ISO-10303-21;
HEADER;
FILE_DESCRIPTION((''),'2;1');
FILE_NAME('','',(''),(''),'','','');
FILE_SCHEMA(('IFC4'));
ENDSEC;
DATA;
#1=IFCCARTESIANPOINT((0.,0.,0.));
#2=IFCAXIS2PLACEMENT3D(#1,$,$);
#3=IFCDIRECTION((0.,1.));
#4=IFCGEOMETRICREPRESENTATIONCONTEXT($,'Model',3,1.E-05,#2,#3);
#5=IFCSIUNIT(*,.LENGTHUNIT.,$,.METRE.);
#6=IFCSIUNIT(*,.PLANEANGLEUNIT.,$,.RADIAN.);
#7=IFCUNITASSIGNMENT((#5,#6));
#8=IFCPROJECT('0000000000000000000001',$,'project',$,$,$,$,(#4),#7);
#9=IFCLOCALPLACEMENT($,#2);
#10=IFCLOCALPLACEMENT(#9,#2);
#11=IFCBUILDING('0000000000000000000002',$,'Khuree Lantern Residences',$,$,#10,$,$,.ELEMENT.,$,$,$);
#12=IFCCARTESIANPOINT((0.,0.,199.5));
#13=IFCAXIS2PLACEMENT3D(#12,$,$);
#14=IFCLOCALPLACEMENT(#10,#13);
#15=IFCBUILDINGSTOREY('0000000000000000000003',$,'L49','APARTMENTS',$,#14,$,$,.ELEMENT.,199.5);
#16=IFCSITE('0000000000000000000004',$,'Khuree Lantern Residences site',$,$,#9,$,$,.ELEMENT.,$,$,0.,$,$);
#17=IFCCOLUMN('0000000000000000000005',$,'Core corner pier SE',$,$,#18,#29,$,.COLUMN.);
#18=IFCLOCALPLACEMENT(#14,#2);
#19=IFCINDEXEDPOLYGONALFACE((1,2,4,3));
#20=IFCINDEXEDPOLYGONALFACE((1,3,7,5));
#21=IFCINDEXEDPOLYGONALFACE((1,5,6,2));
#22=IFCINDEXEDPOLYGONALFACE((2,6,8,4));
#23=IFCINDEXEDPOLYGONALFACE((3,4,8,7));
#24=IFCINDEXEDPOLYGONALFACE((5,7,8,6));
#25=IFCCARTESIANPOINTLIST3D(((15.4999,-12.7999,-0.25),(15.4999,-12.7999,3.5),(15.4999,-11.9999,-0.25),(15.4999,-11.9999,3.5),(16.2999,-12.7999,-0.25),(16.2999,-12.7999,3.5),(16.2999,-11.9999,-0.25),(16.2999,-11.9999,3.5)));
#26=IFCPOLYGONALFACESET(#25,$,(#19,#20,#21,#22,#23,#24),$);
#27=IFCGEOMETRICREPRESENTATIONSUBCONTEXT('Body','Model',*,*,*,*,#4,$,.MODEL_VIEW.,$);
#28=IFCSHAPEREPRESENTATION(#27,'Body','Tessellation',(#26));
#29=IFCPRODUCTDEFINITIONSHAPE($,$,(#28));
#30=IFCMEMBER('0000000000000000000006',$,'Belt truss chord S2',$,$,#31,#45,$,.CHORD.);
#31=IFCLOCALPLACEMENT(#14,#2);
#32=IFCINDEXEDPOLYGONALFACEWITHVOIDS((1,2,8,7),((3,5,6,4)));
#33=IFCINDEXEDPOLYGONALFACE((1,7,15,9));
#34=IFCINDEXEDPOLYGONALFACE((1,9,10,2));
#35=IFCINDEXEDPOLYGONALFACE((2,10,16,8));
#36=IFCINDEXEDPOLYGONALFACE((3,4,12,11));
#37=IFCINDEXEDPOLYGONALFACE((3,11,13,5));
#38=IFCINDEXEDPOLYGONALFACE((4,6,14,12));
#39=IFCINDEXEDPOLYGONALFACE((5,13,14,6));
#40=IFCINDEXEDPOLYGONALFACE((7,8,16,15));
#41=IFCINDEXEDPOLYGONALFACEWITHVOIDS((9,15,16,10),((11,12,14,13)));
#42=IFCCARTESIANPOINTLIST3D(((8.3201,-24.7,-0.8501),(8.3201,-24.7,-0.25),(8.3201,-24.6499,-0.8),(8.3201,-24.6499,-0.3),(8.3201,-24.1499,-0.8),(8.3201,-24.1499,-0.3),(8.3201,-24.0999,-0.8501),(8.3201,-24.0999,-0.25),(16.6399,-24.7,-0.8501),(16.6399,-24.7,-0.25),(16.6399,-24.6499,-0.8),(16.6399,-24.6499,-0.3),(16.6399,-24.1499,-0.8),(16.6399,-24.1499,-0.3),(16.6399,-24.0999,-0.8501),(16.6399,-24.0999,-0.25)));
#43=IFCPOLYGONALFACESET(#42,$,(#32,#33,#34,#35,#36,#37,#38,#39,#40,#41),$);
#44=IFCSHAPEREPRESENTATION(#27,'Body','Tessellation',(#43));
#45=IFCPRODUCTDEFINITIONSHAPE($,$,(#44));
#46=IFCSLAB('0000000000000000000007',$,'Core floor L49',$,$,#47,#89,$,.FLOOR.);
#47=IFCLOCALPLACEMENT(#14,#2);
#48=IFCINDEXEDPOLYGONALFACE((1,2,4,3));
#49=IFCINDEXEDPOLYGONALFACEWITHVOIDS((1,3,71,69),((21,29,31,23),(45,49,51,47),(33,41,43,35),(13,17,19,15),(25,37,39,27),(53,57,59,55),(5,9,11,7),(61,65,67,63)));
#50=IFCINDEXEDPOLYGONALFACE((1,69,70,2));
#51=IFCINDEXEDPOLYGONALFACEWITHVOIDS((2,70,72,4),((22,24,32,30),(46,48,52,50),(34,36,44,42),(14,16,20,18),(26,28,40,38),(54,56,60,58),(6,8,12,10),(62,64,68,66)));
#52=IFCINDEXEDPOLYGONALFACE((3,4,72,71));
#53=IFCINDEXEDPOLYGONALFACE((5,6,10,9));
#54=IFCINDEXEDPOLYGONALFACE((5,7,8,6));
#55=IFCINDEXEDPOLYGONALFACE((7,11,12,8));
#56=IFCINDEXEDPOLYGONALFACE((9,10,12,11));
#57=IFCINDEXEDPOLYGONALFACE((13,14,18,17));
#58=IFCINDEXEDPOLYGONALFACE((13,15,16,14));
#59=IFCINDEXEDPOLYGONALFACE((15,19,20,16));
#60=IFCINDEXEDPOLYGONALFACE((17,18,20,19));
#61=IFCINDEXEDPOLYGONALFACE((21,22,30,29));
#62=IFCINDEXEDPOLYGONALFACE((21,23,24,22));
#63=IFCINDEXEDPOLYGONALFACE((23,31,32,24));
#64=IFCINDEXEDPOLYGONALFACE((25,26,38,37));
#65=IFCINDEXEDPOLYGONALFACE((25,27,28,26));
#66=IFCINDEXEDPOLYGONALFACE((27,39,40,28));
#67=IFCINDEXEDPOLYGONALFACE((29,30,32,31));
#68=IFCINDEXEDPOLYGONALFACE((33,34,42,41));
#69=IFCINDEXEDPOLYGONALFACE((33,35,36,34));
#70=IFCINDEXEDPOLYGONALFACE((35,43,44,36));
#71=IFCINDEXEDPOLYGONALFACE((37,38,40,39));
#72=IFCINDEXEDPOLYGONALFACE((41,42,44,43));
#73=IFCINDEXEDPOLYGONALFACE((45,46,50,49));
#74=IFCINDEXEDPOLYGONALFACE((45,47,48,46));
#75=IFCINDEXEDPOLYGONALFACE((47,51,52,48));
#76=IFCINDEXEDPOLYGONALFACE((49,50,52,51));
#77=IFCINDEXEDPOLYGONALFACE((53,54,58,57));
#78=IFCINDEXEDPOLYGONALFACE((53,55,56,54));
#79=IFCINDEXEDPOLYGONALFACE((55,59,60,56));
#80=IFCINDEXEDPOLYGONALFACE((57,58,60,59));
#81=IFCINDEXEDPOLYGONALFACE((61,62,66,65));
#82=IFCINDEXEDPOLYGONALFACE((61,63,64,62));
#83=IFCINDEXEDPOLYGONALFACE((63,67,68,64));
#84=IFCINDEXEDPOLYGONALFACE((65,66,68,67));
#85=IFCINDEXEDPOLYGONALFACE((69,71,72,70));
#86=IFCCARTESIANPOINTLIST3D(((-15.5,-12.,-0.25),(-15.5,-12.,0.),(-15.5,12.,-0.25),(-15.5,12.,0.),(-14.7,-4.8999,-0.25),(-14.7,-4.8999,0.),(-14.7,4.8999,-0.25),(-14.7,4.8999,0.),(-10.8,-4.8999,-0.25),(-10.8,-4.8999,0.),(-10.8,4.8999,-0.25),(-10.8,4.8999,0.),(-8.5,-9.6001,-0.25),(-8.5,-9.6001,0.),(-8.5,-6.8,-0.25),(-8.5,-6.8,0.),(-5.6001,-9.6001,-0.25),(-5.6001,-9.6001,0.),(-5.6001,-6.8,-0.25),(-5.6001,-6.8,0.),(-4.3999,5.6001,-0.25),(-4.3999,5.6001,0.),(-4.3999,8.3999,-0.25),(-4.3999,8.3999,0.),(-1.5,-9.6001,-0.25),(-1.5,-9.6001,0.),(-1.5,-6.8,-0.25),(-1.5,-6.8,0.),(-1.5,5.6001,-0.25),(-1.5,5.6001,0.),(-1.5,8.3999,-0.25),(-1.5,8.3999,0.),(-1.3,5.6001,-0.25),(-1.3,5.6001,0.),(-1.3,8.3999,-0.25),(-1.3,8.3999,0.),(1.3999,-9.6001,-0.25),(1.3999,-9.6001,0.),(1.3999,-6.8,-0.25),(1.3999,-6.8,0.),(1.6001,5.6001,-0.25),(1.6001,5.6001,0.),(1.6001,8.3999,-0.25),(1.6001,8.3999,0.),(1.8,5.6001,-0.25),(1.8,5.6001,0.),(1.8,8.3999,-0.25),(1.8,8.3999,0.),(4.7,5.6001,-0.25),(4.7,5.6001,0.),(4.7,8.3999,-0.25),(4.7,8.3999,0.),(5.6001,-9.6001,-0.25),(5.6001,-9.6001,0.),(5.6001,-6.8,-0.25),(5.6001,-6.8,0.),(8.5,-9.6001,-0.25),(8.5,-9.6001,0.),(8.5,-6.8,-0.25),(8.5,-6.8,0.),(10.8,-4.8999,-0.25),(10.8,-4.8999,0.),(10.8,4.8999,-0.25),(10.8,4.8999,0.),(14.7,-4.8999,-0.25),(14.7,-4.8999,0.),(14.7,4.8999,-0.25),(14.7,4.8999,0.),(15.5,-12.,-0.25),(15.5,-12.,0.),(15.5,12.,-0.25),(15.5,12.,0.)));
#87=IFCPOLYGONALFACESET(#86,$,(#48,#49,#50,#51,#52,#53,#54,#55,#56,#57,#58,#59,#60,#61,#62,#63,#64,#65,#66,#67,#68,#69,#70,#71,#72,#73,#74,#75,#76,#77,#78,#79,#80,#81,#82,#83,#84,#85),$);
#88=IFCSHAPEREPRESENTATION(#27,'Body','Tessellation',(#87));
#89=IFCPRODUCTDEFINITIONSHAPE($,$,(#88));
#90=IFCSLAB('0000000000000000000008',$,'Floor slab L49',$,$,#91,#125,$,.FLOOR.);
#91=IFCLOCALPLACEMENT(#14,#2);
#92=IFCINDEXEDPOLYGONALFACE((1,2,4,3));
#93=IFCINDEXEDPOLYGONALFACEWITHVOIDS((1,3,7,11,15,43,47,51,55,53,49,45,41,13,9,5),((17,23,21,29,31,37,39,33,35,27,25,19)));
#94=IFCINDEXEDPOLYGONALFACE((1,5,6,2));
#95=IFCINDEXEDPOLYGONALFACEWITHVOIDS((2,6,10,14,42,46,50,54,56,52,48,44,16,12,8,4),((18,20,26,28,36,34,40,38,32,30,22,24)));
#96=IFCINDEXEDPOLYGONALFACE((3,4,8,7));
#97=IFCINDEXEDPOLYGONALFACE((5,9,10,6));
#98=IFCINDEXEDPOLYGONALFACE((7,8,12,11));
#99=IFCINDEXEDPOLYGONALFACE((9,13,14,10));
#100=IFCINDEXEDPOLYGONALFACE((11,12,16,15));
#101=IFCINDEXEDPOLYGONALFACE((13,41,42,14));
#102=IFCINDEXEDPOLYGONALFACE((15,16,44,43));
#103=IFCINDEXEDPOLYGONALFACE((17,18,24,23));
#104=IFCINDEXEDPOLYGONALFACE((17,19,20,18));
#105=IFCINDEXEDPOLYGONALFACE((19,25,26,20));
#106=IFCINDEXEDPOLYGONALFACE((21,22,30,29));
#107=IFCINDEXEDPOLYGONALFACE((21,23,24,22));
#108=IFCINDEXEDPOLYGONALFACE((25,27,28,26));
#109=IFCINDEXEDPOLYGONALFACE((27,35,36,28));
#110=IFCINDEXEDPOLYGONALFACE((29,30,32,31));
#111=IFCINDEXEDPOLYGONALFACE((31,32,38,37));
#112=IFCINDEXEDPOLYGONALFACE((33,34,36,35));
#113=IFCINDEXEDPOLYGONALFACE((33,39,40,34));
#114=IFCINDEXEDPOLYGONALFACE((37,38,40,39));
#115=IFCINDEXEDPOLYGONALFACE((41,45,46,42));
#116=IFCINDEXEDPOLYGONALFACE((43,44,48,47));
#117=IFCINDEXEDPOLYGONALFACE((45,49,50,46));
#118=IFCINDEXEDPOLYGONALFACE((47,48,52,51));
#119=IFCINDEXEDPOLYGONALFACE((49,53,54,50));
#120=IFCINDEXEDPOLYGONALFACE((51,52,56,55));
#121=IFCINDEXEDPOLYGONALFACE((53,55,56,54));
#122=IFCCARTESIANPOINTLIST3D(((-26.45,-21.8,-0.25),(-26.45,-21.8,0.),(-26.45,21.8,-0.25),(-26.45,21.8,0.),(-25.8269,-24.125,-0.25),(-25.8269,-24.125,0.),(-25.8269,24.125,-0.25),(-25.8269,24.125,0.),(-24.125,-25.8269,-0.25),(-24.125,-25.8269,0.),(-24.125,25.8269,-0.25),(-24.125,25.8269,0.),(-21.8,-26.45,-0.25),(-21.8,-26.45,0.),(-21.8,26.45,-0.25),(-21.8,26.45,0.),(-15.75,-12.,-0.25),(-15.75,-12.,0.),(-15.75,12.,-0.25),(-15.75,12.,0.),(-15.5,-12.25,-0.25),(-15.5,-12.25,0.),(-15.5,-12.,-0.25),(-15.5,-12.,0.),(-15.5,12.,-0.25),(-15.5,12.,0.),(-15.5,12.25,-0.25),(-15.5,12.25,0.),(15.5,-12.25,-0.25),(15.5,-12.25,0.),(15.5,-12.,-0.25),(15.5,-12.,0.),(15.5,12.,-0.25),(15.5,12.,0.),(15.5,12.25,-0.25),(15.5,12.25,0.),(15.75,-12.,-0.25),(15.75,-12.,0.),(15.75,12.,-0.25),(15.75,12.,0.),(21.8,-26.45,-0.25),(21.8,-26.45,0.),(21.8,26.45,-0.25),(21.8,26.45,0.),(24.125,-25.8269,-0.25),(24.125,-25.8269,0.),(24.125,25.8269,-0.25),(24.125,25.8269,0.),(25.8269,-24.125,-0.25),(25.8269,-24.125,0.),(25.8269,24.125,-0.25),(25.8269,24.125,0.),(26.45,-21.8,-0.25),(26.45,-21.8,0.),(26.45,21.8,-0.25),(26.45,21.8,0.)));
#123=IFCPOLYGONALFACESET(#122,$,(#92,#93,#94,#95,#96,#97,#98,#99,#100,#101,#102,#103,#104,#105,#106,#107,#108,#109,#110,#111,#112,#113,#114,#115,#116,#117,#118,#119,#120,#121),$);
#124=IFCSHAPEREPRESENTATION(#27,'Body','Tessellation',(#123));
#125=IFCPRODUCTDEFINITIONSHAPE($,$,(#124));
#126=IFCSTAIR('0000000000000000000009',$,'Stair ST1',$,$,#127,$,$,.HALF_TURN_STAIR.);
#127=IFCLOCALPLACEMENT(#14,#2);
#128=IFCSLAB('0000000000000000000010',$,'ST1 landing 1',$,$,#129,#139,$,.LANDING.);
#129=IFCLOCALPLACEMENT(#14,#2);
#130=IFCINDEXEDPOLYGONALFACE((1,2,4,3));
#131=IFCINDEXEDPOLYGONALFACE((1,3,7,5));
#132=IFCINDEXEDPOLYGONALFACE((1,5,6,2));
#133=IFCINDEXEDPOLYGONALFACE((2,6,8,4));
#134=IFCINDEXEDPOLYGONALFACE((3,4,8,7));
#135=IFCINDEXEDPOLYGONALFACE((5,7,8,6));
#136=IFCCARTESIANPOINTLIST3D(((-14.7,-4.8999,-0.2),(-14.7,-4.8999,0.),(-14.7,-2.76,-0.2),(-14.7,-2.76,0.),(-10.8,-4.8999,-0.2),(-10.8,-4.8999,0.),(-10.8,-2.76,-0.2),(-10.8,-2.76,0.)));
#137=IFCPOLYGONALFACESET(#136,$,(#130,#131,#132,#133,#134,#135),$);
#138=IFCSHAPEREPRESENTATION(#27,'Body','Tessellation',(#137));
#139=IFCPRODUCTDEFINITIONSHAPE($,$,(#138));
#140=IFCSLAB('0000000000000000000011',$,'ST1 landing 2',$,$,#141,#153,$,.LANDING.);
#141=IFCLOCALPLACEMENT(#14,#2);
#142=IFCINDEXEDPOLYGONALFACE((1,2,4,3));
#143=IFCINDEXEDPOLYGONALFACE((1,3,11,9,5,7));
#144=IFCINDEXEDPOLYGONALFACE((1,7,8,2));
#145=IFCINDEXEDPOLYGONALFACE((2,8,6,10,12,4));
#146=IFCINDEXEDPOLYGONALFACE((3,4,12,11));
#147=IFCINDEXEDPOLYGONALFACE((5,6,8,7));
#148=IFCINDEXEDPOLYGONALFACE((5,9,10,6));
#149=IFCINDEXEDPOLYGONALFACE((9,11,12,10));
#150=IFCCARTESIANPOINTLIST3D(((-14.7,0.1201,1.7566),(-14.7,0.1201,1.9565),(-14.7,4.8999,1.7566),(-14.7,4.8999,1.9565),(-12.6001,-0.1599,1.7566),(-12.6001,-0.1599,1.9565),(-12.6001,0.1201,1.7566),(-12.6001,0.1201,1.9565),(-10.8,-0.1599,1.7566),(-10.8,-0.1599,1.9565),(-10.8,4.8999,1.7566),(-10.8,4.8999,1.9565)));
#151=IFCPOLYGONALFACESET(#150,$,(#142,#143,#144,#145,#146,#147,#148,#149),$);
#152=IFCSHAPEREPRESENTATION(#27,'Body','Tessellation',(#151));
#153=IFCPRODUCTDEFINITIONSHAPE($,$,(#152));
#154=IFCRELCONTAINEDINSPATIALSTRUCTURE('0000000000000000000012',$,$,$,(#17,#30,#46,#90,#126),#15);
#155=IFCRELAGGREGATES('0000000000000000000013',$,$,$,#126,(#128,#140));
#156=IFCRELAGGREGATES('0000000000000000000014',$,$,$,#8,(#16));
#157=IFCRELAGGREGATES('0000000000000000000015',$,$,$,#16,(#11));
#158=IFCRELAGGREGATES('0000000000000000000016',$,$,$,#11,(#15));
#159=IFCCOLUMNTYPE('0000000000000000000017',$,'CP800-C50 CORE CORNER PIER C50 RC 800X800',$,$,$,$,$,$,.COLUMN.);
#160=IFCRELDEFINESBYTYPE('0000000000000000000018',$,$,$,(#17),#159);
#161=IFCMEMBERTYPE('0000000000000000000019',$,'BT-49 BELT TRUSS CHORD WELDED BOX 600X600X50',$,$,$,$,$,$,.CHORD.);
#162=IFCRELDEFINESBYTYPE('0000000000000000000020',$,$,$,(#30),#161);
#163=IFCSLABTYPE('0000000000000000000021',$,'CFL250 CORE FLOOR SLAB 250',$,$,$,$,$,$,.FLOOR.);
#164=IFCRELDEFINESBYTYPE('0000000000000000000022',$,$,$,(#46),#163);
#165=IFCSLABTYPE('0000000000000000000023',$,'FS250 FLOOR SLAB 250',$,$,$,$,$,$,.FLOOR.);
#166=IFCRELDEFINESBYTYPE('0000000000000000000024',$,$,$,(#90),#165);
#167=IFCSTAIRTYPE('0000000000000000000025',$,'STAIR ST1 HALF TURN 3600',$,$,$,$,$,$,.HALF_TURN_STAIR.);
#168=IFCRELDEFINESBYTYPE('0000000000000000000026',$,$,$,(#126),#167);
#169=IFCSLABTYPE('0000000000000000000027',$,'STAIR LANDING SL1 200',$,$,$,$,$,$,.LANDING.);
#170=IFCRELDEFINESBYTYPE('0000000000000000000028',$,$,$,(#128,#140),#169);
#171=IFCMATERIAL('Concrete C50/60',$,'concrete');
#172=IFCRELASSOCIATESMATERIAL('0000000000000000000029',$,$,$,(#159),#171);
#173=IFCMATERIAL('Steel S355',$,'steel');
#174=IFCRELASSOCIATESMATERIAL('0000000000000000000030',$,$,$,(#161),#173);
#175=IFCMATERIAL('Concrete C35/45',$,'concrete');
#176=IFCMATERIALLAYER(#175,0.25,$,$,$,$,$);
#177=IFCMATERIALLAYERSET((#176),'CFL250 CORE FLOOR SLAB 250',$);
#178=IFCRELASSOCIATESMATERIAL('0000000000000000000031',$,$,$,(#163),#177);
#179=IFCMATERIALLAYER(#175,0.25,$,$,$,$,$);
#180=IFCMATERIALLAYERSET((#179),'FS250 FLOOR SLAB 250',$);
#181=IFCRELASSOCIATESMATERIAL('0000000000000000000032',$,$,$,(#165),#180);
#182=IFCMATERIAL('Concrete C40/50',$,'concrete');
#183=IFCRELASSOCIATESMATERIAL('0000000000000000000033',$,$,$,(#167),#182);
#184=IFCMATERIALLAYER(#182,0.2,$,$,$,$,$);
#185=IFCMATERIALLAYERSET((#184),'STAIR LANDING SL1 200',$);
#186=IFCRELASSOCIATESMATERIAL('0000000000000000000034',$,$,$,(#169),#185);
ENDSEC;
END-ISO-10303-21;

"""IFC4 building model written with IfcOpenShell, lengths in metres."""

from ifc_helpers import new_model, si_unit, direction, frame, origin, origin_2d, place, context, subcontext, project, spatial, polyline, rectangle, hollow_rectangle, outline, extrude, material, layer, layer_set, material_profile, profile_set, type_object, element, aggregate, save


model = new_model("IFC4")

# Units and contexts
model_context = context("Model", 3, precision=1e-05, world=origin(), true_north=direction((0.0, 1.0)))
body_context = subcontext(model_context, "Body", "Model", "MODEL_VIEW")
ifc_project = project(units=[si_unit("LENGTHUNIT", "METRE"), si_unit("PLANEANGLEUNIT", "RADIAN")], contexts=[model_context])

# Site, building, storey
site_placement = place(None, origin())
site = spatial("IfcSite", under=ifc_project, at=site_placement, Name="Khuree Lantern Residences site", CompositionType="ELEMENT", RefElevation=0.0)
building_placement = place(site_placement, origin())
building = spatial("IfcBuilding", under=site, at=building_placement, Name="Khuree Lantern Residences", CompositionType="ELEMENT")
storey_placement = place(building_placement, frame((0.0, 0.0, 199.5)))
storey = spatial("IfcBuildingStorey", under=building, at=storey_placement, Name="L49", Description="APARTMENTS", CompositionType="ELEMENT", Elevation=199.5)

# Column
ifc_material_1 = material(Name="Concrete C50/60", Category="concrete")
ifc_material_profile_1 = material_profile(ifc_material_1, rectangle(XDim=0.8, YDim=0.8, at=origin_2d()), Name="RC 800X800")
ifc_profile_set_1 = profile_set([ifc_material_profile_1], Name="Concrete C50/60")
column_type = type_object("IfcColumnType", Name="CP800-C50 CORE CORNER PIER C50 RC 800X800", PredefinedType="COLUMN", material=ifc_profile_set_1)
column_placement = place(storey_placement, frame((15.8999, -12.3999, -0.25), z_axis=(0.0, 0.0, 1.0), x_axis=(1.0, 0.0, 0.0)))
element("IfcColumn", 1, at=column_placement, inside=storey, type_object=column_type, Name="Core corner pier SE", PredefinedType="COLUMN", context=body_context, shape_type="SweptSolid", body=[
    extrude(rectangle(XDim=0.8, YDim=0.8, at=origin_2d()), origin(), (0.0, 0.0, 1.0), 3.75),
])

# Member
ifc_material_2 = material(Name="Steel S355", Category="steel")
ifc_material_profile_2 = material_profile(ifc_material_2, hollow_rectangle(XDim=0.6001, YDim=0.6001, WallThickness=0.05, at=origin_2d()), Name="WELDED BOX 600X600X50")
ifc_profile_set_2 = profile_set([ifc_material_profile_2], Name="Steel S355")
member_type = type_object("IfcMemberType", Name="BT-49 BELT TRUSS CHORD WELDED BOX 600X600X50", PredefinedType="CHORD", material=ifc_profile_set_2)
member_placement = place(storey_placement, frame((16.6399, -24.3999, -0.55), z_axis=(-1.0, 0.0, 0.0), x_axis=(0.0, -1.0, 0.0)))
element("IfcMember", 2, at=member_placement, inside=storey, type_object=member_type, Name="Belt truss chord S2", PredefinedType="CHORD", context=body_context, shape_type="SweptSolid", body=[
    extrude(hollow_rectangle(XDim=0.6001, YDim=0.6001, WallThickness=0.05, at=origin_2d()), origin(), (0.0, 0.0, 1.0), 8.3198),
])

# Slabs
ifc_material_3 = material(Name="Concrete C35/45", Category="concrete")
ifc_layer_1 = layer(ifc_material_3, 0.25)
ifc_layer_set_1 = layer_set([ifc_layer_1], Name="CFL250 CORE FLOOR SLAB 250")
slab_type_1 = type_object("IfcSlabType", Name="CFL250 CORE FLOOR SLAB 250", PredefinedType="FLOOR", material=ifc_layer_set_1)
slab_1_placement = place(storey_placement, frame((0.0, 0.0, -0.25)))
element("IfcSlab", 3, at=slab_1_placement, inside=storey, type_object=slab_type_1, Name="Core floor L49", PredefinedType="FLOOR", context=body_context, shape_type="SweptSolid", body=[
    extrude(outline(polyline([(-15.5, -12.0), (-15.5, 12.0), (15.5, 12.0), (15.5, -12.0), (-15.5, -12.0)]), holes=[polyline([(10.8, 4.8999), (10.8, -4.8999), (14.7, -4.8999), (14.7, 4.8999), (10.8, 4.8999)]), polyline([(5.6001, -6.8), (5.6001, -9.6001), (8.5, -9.6001), (8.5, -6.8), (5.6001, -6.8)]), polyline([(1.8, 8.3999), (1.8, 5.6001), (4.7, 5.6001), (4.7, 8.3999), (1.8, 8.3999)]), polyline([(-1.3, 8.3999), (-1.3, 5.6001), (1.6001, 5.6001), (1.6001, 8.3999), (-1.3, 8.3999)]), polyline([(-1.5, -6.8), (-1.5, -9.6001), (1.3999, -9.6001), (1.3999, -6.8), (-1.5, -6.8)]), polyline([(-4.3999, 8.3999), (-4.3999, 5.6001), (-1.5, 5.6001), (-1.5, 8.3999), (-4.3999, 8.3999)]), polyline([(-8.5, -6.8), (-8.5, -9.6001), (-5.6001, -9.6001), (-5.6001, -6.8), (-8.5, -6.8)]), polyline([(-14.7, 4.8999), (-14.7, -4.8999), (-10.8, -4.8999), (-10.8, 4.8999), (-14.7, 4.8999)])]), origin(), (0.0, 0.0, 1.0), 0.25),
])
ifc_layer_2 = layer(ifc_material_3, 0.25)
ifc_layer_set_2 = layer_set([ifc_layer_2], Name="FS250 FLOOR SLAB 250")
slab_type_2 = type_object("IfcSlabType", Name="FS250 FLOOR SLAB 250", PredefinedType="FLOOR", material=ifc_layer_set_2)
slab_2_placement = place(storey_placement, frame((0.0, 0.0, -0.25)))
element("IfcSlab", 4, at=slab_2_placement, inside=storey, type_object=slab_type_2, Name="Floor slab L49", PredefinedType="FLOOR", context=body_context, shape_type="SweptSolid", body=[
    extrude(outline(polyline([(-24.125, -25.8269), (-25.8269, -24.125), (-26.45, -21.8), (-26.45, 21.8), (-25.8269, 24.125), (-24.125, 25.8269), (-21.8, 26.45), (21.8, 26.45), (24.125, 25.8269), (25.8269, 24.125), (26.45, 21.8), (26.45, -21.8), (25.8269, -24.125), (24.125, -25.8269), (21.8, -26.45), (-21.8, -26.45), (-24.125, -25.8269)]), holes=[polyline([(15.75, 12.0), (15.5, 12.0), (15.5, 12.25), (-15.5, 12.25), (-15.5, 12.0), (-15.75, 12.0), (-15.75, -12.0), (-15.5, -12.0), (-15.5, -12.25), (15.5, -12.25), (15.5, -12.0), (15.75, -12.0), (15.75, 12.0)])]), origin(), (0.0, 0.0, 1.0), 0.25),
])

# Stair, slabs
ifc_material_4 = material(Name="Concrete C40/50", Category="concrete")
stair_type = type_object("IfcStairType", Name="STAIR ST1 HALF TURN 3600", PredefinedType="HALF_TURN_STAIR", material=ifc_material_4)
stair_1_placement = place(storey_placement, origin())
stair_1 = element("IfcStair", 5, at=stair_1_placement, inside=storey, type_object=stair_type, Name="Stair ST1", PredefinedType="HALF_TURN_STAIR")
ifc_layer_3 = layer(ifc_material_4, 0.2)
ifc_layer_set_3 = layer_set([ifc_layer_3], Name="STAIR LANDING SL1 200")
slab_type_3 = type_object("IfcSlabType", Name="STAIR LANDING SL1 200", PredefinedType="LANDING", material=ifc_layer_set_3)
slab_3_placement = place(storey_placement, frame((0.0, 0.0, -0.2)))
slab_3 = element("IfcSlab", 6, at=slab_3_placement, type_object=slab_type_3, Name="ST1 landing 1", PredefinedType="LANDING", context=body_context, shape_type="SweptSolid", body=[
    extrude(outline(polyline([(-14.7, -4.8999), (-10.8, -4.8999), (-10.8, -2.76), (-14.7, -2.76), (-14.7, -4.8999)])), origin(), (0.0, 0.0, 1.0), 0.2),
])
slab_4_placement = place(storey_placement, frame((0.0, 0.0, 1.7566)))
slab_4 = element("IfcSlab", 7, at=slab_4_placement, type_object=slab_type_3, Name="ST1 landing 2", PredefinedType="LANDING", context=body_context, shape_type="SweptSolid", body=[
    extrude(outline(polyline([(-14.7, 0.1201), (-14.7, 4.8999), (-10.8, 4.8999), (-10.8, -0.1599), (-12.6001, -0.1599), (-12.6001, 0.1201), (-14.7, 0.1201)])), origin(), (0.0, 0.0, 1.0), 0.2),
])
aggregate(stair_1, [slab_3, slab_4])

save(model, "model.ifc")
